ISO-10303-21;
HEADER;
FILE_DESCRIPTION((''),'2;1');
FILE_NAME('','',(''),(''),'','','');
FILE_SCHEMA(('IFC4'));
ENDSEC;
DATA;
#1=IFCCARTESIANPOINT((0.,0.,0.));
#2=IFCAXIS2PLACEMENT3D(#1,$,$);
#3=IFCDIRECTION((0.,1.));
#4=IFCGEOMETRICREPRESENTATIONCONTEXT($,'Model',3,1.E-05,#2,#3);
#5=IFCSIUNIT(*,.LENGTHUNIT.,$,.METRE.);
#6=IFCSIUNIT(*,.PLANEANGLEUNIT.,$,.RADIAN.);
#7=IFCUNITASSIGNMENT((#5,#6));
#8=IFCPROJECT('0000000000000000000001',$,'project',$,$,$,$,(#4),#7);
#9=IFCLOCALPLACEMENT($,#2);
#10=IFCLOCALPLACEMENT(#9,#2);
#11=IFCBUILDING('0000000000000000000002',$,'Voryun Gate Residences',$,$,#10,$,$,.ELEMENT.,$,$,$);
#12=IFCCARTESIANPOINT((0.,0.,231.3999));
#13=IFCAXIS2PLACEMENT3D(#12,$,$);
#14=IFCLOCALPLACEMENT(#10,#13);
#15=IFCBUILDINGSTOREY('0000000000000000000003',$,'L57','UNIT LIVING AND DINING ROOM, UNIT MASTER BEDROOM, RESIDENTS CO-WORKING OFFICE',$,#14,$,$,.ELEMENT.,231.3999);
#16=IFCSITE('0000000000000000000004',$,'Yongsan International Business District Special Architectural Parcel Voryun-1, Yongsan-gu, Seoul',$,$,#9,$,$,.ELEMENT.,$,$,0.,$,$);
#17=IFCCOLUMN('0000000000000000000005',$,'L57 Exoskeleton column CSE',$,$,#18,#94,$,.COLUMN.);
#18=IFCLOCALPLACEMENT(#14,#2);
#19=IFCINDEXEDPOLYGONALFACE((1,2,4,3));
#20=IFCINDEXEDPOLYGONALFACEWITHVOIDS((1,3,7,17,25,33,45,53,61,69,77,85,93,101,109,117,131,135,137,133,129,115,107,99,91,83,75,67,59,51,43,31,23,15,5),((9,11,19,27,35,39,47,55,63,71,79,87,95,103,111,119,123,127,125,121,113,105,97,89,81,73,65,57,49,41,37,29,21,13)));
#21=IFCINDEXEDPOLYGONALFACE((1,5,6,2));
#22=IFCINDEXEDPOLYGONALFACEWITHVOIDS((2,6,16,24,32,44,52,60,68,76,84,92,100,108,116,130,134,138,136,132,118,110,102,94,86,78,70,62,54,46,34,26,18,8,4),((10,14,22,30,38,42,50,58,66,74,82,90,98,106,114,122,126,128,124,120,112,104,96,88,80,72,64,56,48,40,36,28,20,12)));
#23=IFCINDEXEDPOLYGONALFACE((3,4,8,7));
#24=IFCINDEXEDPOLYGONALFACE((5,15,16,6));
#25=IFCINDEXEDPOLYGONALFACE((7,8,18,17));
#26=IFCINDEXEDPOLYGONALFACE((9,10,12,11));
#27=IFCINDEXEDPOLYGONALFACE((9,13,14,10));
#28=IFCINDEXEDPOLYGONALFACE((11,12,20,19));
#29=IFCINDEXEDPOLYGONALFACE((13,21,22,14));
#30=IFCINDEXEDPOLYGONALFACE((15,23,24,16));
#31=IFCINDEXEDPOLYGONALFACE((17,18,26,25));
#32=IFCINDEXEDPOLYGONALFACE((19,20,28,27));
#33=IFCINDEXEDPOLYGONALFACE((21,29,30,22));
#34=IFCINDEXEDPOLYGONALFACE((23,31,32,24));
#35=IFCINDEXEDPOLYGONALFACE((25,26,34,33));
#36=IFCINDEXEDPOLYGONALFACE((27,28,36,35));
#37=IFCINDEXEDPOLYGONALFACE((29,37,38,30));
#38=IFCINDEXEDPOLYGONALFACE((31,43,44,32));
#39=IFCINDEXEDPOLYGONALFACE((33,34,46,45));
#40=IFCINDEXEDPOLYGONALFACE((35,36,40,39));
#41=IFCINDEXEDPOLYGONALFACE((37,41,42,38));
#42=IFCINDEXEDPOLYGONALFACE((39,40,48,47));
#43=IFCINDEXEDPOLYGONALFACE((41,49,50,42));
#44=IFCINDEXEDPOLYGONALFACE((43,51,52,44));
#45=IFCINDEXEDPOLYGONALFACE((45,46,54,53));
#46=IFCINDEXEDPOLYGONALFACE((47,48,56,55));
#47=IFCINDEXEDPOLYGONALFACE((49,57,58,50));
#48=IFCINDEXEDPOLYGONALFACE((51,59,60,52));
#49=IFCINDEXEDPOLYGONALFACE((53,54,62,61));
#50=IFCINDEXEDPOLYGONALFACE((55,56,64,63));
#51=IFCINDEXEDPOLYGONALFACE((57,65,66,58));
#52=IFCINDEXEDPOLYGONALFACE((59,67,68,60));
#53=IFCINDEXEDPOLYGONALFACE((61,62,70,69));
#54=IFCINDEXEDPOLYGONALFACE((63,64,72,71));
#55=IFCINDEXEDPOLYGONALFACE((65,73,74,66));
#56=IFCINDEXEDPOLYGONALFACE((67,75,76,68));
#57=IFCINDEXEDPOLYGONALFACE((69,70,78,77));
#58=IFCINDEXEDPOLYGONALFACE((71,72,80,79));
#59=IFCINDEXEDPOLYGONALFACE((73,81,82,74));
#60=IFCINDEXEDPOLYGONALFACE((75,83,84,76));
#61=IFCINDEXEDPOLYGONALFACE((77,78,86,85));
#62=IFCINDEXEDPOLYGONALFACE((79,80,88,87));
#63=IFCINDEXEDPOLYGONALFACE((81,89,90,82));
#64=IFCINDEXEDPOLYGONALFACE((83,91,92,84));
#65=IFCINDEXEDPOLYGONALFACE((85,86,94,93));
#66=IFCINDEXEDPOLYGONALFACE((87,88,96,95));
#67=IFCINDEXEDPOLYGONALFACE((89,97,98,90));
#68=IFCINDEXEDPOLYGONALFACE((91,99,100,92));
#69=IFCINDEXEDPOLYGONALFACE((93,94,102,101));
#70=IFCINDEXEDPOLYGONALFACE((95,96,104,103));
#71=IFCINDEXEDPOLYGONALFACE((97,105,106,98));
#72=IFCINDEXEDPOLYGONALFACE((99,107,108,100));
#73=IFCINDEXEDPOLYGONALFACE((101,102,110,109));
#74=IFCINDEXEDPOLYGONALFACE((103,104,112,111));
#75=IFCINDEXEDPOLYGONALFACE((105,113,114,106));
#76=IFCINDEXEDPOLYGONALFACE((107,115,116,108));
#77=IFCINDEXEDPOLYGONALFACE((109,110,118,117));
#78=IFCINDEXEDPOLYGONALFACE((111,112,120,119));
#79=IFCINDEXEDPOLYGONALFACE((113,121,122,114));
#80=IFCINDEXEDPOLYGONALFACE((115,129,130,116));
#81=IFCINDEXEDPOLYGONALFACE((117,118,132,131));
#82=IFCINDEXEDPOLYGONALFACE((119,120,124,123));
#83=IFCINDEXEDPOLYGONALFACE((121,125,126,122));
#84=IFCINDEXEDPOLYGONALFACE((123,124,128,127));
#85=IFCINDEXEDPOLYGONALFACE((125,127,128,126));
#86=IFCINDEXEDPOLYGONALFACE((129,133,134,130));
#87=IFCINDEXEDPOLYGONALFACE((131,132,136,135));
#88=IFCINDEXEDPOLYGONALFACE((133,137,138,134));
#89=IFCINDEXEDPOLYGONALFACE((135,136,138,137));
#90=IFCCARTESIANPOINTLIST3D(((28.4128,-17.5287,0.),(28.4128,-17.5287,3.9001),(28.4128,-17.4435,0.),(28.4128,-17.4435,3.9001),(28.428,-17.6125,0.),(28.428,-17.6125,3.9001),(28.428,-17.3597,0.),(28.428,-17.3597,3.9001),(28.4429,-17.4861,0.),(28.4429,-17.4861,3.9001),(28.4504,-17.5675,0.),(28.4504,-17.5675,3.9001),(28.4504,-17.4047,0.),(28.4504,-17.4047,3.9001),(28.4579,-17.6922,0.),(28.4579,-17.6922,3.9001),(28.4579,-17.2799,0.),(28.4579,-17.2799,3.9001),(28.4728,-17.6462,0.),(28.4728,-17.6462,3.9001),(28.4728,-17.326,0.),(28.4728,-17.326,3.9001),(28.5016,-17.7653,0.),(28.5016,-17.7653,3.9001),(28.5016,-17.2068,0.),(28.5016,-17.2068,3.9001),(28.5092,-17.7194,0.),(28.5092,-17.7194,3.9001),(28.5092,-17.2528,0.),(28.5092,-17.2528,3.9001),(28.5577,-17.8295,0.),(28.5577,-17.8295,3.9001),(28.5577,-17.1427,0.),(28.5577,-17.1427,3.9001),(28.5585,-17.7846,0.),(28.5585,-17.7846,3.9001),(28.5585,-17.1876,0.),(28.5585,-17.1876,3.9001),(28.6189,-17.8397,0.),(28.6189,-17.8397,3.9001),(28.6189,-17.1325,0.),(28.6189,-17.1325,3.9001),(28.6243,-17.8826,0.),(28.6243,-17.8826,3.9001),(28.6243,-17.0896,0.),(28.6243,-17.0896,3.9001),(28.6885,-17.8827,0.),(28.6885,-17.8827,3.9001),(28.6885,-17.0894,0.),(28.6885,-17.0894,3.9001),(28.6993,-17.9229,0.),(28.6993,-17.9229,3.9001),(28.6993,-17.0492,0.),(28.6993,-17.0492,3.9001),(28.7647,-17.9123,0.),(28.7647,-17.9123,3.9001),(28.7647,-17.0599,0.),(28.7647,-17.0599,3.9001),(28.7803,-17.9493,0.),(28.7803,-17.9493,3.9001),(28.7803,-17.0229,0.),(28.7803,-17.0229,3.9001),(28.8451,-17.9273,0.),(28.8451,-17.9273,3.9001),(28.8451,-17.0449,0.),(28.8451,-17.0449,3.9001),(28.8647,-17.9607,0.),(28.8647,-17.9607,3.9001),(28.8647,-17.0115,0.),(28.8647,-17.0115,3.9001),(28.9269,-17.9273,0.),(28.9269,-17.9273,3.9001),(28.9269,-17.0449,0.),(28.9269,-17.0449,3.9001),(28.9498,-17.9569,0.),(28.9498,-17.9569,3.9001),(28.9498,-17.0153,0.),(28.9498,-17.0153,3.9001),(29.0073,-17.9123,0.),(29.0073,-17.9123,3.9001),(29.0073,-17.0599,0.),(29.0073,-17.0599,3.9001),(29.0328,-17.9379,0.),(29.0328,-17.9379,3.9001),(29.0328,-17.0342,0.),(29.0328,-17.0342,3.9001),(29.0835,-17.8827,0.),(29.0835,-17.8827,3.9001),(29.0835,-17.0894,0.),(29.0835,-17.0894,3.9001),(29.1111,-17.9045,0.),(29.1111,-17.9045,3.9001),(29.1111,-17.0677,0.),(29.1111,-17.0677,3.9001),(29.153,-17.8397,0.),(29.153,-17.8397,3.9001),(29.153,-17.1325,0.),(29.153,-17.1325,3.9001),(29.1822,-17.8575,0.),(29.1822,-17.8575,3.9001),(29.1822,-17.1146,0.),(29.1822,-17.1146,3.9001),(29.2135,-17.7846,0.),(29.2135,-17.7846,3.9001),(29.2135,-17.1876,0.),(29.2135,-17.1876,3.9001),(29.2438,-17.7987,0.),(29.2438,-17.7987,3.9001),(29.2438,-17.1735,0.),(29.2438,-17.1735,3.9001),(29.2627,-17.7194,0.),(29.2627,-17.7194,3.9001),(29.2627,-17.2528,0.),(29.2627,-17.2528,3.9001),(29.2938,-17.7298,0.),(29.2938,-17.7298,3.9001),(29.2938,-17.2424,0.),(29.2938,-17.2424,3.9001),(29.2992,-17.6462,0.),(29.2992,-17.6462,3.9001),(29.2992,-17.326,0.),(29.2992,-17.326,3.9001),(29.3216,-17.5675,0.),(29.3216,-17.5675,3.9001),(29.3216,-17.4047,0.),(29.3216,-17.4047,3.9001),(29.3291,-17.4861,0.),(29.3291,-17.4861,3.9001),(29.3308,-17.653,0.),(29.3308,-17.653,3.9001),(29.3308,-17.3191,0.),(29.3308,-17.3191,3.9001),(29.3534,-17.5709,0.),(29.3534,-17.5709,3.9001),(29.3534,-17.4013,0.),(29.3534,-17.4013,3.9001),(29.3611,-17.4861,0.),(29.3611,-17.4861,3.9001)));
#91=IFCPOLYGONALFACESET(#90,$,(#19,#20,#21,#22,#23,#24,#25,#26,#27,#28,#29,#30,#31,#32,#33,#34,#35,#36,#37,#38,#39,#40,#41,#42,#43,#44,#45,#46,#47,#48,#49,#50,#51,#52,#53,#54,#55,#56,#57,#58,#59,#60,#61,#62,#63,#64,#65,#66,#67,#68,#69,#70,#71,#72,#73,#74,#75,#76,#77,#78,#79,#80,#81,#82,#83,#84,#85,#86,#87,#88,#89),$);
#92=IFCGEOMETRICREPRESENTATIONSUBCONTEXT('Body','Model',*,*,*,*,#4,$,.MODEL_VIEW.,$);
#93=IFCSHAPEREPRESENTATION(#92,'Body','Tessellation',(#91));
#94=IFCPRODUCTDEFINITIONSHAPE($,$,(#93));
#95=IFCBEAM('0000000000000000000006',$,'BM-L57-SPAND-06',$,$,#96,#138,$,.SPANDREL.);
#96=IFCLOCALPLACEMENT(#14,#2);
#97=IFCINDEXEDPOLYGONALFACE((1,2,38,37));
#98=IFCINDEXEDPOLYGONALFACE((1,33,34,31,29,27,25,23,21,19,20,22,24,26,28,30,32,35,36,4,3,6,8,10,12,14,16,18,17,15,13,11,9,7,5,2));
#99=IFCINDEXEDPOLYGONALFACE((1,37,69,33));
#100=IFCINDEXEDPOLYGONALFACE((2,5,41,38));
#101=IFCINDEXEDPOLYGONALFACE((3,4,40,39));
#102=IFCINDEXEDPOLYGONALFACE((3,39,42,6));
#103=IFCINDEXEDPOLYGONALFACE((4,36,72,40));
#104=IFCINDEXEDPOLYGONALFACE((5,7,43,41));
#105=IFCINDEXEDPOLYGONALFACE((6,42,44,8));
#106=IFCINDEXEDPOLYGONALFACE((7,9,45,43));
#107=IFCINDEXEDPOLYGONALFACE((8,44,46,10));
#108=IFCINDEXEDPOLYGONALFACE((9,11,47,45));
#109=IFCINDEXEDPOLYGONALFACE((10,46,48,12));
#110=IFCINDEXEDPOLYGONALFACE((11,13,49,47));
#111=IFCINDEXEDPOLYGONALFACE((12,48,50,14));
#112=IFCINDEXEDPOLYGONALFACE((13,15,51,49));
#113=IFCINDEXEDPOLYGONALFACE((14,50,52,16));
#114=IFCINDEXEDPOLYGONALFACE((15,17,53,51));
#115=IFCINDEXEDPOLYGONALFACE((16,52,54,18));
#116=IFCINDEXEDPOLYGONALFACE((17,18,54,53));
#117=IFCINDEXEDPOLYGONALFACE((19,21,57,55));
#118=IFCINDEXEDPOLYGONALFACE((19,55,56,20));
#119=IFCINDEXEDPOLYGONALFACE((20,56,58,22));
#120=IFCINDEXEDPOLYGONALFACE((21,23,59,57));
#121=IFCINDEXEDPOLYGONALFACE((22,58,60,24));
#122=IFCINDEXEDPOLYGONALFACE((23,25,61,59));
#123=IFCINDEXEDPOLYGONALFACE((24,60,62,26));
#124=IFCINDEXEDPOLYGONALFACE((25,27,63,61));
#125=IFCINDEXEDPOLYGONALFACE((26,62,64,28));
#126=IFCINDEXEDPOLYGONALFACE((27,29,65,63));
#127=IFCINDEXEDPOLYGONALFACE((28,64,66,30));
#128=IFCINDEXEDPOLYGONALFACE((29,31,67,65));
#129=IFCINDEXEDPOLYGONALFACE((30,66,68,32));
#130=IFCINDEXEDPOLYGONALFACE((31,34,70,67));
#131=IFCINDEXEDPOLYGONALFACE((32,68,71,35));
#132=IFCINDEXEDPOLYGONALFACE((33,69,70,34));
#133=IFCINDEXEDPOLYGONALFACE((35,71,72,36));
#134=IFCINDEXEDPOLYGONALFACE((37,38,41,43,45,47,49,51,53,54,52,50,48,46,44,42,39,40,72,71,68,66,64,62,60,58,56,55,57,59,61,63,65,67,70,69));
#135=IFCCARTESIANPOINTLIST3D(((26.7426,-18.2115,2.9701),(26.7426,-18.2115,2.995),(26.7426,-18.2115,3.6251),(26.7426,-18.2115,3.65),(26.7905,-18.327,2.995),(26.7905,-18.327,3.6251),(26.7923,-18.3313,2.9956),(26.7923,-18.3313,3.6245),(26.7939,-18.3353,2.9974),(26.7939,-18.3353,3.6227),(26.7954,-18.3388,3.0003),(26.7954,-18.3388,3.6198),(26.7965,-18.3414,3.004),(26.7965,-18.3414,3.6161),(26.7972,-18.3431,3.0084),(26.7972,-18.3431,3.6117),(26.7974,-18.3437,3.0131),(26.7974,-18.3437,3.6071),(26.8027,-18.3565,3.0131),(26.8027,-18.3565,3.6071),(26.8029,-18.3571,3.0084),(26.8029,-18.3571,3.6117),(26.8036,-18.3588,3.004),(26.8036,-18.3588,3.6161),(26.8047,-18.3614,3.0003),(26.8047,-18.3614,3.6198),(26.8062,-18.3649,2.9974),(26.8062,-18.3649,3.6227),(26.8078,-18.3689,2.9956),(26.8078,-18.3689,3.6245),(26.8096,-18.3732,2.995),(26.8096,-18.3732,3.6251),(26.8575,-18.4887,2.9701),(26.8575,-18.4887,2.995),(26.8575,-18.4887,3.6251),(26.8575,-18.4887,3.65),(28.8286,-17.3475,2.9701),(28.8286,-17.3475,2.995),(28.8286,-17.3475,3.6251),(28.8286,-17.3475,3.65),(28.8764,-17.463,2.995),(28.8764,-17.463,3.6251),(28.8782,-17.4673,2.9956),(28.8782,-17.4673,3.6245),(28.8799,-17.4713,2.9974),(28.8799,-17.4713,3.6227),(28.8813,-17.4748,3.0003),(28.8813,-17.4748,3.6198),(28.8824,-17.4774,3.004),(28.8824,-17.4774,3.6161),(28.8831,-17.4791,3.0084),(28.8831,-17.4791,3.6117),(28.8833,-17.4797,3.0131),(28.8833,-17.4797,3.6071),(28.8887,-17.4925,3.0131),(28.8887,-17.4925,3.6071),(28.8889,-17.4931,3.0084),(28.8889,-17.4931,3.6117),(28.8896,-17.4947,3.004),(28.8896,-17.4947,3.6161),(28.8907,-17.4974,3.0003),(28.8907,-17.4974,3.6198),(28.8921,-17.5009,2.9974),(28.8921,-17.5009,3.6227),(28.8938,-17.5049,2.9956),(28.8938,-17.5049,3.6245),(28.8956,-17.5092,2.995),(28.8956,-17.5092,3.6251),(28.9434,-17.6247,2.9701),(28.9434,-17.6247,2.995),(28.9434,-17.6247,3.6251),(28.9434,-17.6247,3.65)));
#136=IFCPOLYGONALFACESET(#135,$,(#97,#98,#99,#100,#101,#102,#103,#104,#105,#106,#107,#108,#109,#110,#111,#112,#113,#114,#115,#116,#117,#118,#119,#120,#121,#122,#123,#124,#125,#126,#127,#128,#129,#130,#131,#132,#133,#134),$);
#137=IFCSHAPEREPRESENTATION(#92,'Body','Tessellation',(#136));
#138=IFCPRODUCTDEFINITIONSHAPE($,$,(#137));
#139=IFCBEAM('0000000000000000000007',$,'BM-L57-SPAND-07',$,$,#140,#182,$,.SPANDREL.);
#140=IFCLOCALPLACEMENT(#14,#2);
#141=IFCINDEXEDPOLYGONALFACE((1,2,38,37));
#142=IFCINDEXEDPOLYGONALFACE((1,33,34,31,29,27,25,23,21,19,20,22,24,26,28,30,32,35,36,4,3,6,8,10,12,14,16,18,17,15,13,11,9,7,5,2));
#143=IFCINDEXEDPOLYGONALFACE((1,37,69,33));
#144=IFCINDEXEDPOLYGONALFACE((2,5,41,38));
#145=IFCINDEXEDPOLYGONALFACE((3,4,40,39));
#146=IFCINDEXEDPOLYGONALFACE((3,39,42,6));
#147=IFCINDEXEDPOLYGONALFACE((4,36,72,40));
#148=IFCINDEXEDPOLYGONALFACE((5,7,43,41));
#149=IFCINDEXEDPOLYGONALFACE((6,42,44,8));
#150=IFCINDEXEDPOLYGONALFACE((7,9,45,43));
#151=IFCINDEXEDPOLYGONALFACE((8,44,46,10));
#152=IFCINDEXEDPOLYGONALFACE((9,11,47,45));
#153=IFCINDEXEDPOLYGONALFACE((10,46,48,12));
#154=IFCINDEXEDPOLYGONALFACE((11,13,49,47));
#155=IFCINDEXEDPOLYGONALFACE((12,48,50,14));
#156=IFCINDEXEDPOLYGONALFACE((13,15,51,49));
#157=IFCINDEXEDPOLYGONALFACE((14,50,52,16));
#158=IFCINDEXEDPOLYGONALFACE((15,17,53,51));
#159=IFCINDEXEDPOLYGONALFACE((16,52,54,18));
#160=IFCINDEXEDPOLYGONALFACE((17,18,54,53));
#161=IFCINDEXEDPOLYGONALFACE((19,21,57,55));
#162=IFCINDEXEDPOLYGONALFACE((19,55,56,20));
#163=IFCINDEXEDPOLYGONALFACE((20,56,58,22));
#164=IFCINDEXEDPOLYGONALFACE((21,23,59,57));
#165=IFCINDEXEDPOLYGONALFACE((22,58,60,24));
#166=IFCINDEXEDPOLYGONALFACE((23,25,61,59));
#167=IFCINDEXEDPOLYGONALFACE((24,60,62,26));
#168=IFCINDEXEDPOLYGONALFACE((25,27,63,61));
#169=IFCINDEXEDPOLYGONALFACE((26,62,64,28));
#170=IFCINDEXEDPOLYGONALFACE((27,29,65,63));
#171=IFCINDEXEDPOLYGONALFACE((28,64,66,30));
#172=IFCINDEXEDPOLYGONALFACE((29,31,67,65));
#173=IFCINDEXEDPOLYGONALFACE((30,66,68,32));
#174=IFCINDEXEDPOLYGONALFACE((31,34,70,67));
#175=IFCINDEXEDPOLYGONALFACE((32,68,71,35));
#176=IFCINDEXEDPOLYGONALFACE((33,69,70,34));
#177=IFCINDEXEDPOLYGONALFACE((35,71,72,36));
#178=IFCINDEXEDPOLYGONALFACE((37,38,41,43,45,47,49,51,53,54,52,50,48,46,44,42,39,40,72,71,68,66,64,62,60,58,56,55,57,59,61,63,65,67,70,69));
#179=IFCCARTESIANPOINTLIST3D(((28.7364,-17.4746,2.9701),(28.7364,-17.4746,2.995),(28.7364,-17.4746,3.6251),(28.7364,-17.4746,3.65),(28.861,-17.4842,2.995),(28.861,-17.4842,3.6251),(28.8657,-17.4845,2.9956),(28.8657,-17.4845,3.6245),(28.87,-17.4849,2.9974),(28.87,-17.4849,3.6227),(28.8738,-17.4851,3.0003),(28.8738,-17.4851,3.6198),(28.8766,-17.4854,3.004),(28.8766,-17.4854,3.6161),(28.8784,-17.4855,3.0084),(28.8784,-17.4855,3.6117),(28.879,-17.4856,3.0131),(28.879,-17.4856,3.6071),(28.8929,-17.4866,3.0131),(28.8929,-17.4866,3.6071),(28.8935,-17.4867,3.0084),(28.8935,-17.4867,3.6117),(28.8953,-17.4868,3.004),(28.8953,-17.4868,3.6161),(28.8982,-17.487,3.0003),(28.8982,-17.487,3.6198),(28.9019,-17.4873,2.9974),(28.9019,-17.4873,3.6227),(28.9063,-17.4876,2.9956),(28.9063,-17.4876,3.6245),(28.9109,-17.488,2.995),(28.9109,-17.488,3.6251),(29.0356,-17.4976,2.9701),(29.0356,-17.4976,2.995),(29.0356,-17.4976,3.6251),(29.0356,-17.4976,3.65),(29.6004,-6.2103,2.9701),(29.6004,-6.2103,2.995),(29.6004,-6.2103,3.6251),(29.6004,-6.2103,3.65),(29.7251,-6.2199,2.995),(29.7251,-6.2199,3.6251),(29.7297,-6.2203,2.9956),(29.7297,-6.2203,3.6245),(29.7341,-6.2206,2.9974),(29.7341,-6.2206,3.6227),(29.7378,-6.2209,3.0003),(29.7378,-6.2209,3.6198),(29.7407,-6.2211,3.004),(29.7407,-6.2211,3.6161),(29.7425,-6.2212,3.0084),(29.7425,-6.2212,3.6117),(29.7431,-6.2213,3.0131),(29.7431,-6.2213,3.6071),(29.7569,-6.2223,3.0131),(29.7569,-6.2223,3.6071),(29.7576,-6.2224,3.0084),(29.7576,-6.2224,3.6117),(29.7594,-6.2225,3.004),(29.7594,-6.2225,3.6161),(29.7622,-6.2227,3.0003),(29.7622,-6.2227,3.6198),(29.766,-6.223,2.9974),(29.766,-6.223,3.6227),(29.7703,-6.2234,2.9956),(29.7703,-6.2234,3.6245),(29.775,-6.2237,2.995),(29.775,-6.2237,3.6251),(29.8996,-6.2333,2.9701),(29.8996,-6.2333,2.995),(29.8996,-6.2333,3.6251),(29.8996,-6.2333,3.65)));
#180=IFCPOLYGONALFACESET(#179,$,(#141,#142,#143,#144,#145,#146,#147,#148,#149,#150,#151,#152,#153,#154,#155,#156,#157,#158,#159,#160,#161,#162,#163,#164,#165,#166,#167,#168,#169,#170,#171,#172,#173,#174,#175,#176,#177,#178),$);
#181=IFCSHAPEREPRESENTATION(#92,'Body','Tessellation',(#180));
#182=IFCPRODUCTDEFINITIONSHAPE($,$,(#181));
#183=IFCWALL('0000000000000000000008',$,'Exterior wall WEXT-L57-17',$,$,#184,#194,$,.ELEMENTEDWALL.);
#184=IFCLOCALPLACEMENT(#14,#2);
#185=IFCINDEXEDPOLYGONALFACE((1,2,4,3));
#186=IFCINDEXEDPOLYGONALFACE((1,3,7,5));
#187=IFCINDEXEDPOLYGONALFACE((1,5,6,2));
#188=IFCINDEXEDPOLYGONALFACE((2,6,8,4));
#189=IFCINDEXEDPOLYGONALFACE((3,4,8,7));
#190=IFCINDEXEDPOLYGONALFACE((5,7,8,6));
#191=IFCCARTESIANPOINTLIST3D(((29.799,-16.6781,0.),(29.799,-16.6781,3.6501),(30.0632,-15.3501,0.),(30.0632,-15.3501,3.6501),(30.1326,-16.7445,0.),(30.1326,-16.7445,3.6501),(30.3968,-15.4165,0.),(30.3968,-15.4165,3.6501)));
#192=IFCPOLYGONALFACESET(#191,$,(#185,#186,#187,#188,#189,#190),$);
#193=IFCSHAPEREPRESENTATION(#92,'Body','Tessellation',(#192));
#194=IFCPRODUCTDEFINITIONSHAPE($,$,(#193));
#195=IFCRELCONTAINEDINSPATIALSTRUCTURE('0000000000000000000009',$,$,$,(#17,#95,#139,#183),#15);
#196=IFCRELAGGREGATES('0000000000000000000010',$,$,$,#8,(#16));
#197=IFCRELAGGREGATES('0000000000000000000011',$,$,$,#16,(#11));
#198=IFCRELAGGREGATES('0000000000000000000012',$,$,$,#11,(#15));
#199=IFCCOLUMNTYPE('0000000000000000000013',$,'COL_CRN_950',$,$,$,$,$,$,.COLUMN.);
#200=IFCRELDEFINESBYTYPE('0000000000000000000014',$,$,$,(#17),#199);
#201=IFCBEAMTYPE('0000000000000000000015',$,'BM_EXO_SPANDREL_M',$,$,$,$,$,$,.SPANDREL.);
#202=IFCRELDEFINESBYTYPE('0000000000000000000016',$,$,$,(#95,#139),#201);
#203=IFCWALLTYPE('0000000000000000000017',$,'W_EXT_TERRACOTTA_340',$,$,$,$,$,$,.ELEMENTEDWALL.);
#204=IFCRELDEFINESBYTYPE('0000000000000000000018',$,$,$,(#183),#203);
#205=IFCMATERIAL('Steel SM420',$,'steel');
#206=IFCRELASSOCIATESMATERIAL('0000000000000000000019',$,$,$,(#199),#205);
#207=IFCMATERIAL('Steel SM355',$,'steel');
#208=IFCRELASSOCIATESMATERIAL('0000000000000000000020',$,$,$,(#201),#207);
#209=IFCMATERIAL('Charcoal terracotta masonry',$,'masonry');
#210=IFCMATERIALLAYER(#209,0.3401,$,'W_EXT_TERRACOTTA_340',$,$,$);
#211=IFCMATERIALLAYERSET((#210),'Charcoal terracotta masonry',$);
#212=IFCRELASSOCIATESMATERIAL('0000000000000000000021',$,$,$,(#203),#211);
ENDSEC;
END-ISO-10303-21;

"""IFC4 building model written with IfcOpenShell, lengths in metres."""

from ifc_helpers import new_model, si_unit, direction, frame, frame_2d, origin, origin_2d, place, context, subcontext, project, spatial, rectangle, hollow_circle, i_section, extrude, material, layer, layer_set, material_profile, profile_set, type_object, element, save


model = new_model("IFC4")

# Units and contexts
model_context = context("Model", 3, precision=1e-05, world=origin(), true_north=direction((0.0, 1.0)))
body_context = subcontext(model_context, "Body", "Model", "MODEL_VIEW")
ifc_project = project(units=[si_unit("LENGTHUNIT", "METRE"), si_unit("PLANEANGLEUNIT", "RADIAN")], contexts=[model_context])

# Site, building, storey
site_placement = place(None, origin())
site = spatial("IfcSite", under=ifc_project, at=site_placement, Name="Yongsan International Business District Special Architectural Parcel Voryun-1, Yongsan-gu, Seoul", CompositionType="ELEMENT", RefElevation=0.0)
building_placement = place(site_placement, origin())
building = spatial("IfcBuilding", under=site, at=building_placement, Name="Voryun Gate Residences", CompositionType="ELEMENT")
storey_placement = place(building_placement, frame((0.0, 0.0, 231.3999)))
storey = spatial("IfcBuildingStorey", under=building, at=storey_placement, Name="L57", Description="UNIT LIVING AND DINING ROOM, UNIT MASTER BEDROOM, RESIDENTS CO-WORKING OFFICE", CompositionType="ELEMENT", Elevation=231.3999)

# Column
ifc_material_1 = material(Name="Steel SM420", Category="steel")
ifc_material_profile_1 = material_profile(ifc_material_1, hollow_circle(Radius=0.4751, WallThickness=0.032, at=origin_2d()), Name="CHS-950x32")
ifc_profile_set_1 = profile_set([ifc_material_profile_1], Name="Steel SM420")
column_type = type_object("IfcColumnType", Name="COL_CRN_950", PredefinedType="COLUMN", material=ifc_profile_set_1)
column_placement = place(storey_placement, frame((28.886, -17.4861, 0.0), z_axis=(0.0, 0.0, 1.0), x_axis=(1.0, 0.0, 0.0)))
element("IfcColumn", 1, at=column_placement, inside=storey, type_object=column_type, Name="L57 Exoskeleton column CSE", PredefinedType="COLUMN", context=body_context, shape_type="SweptSolid", body=[
    extrude(hollow_circle(Radius=0.4751, WallThickness=0.032, at=origin_2d()), origin(), (0.0, 0.0, 1.0), 3.9001),
])

# Beams
ifc_material_2 = material(Name="Steel SM355", Category="steel")
ifc_material_profile_2 = material_profile(ifc_material_2, i_section(OverallWidth=0.3, OverallDepth=0.6799, WebThickness=0.0139, FlangeThickness=0.0249, FilletRadius=0.0181, at=origin_2d()), Name="H-680x300x14x25")
ifc_profile_set_2 = profile_set([ifc_material_profile_2], Name="Steel SM355")
beam_type = type_object("IfcBeamType", Name="BM_EXO_SPANDREL_M", PredefinedType="SPANDREL", material=ifc_profile_set_2)
beam_1_placement = place(storey_placement, frame((26.8, -18.3501, 3.3101), z_axis=(0.923881, 0.38268, 0.0), x_axis=(-0.38268, 0.923881, 0.0)))
element("IfcBeam", 2, at=beam_1_placement, inside=storey, type_object=beam_type, Name="BM-L57-SPAND-06", PredefinedType="SPANDREL", context=body_context, shape_type="SweptSolid", body=[
    extrude(i_section(OverallWidth=0.3, OverallDepth=0.6799, WebThickness=0.0139, FlangeThickness=0.0249, FilletRadius=0.0181, at=origin_2d()), origin(), (0.0, 0.0, 1.0), 2.2578),
])
beam_2_placement = place(storey_placement, frame((28.886, -17.4861, 3.3101), z_axis=(0.07648, 0.997071, 0.0), x_axis=(-0.997071, 0.07648, 0.0)))
element("IfcBeam", 3, at=beam_2_placement, inside=storey, type_object=beam_type, Name="BM-L57-SPAND-07", PredefinedType="SPANDREL", context=body_context, shape_type="SweptSolid", body=[
    extrude(i_section(OverallWidth=0.3, OverallDepth=0.6799, WebThickness=0.0139, FlangeThickness=0.0249, FilletRadius=0.0181, at=origin_2d()), origin(), (0.0, 0.0, 1.0), 11.2974),
])

# Wall
ifc_material_3 = material(Name="Charcoal terracotta masonry", Category="masonry")
ifc_layer_1 = layer(ifc_material_3, 0.3401, Name="W_EXT_TERRACOTTA_340")
ifc_layer_set_1 = layer_set([ifc_layer_1], Name="Charcoal terracotta masonry")
wall_type_1 = type_object("IfcWallType", Name="W_EXT_TERRACOTTA_340", PredefinedType="ELEMENTEDWALL", material=ifc_layer_set_1)
wall_1_placement = place(storey_placement, frame((30.23, -15.3833, 0.0), z_axis=(0.0, 0.0, 1.0), x_axis=(-0.19511, -0.980781, 0.0)))
element("IfcWall", 4, at=wall_1_placement, inside=storey, type_object=wall_type_1, Name="Exterior wall WEXT-L57-17", PredefinedType="ELEMENTEDWALL", context=body_context, shape_type="SweptSolid", body=[
    extrude(rectangle(XDim=1.354, YDim=0.3401, at=frame_2d((0.677, 0.0))), origin(), (0.0, 0.0, 1.0), 3.6501),
])

save(model, "model.ifc")
